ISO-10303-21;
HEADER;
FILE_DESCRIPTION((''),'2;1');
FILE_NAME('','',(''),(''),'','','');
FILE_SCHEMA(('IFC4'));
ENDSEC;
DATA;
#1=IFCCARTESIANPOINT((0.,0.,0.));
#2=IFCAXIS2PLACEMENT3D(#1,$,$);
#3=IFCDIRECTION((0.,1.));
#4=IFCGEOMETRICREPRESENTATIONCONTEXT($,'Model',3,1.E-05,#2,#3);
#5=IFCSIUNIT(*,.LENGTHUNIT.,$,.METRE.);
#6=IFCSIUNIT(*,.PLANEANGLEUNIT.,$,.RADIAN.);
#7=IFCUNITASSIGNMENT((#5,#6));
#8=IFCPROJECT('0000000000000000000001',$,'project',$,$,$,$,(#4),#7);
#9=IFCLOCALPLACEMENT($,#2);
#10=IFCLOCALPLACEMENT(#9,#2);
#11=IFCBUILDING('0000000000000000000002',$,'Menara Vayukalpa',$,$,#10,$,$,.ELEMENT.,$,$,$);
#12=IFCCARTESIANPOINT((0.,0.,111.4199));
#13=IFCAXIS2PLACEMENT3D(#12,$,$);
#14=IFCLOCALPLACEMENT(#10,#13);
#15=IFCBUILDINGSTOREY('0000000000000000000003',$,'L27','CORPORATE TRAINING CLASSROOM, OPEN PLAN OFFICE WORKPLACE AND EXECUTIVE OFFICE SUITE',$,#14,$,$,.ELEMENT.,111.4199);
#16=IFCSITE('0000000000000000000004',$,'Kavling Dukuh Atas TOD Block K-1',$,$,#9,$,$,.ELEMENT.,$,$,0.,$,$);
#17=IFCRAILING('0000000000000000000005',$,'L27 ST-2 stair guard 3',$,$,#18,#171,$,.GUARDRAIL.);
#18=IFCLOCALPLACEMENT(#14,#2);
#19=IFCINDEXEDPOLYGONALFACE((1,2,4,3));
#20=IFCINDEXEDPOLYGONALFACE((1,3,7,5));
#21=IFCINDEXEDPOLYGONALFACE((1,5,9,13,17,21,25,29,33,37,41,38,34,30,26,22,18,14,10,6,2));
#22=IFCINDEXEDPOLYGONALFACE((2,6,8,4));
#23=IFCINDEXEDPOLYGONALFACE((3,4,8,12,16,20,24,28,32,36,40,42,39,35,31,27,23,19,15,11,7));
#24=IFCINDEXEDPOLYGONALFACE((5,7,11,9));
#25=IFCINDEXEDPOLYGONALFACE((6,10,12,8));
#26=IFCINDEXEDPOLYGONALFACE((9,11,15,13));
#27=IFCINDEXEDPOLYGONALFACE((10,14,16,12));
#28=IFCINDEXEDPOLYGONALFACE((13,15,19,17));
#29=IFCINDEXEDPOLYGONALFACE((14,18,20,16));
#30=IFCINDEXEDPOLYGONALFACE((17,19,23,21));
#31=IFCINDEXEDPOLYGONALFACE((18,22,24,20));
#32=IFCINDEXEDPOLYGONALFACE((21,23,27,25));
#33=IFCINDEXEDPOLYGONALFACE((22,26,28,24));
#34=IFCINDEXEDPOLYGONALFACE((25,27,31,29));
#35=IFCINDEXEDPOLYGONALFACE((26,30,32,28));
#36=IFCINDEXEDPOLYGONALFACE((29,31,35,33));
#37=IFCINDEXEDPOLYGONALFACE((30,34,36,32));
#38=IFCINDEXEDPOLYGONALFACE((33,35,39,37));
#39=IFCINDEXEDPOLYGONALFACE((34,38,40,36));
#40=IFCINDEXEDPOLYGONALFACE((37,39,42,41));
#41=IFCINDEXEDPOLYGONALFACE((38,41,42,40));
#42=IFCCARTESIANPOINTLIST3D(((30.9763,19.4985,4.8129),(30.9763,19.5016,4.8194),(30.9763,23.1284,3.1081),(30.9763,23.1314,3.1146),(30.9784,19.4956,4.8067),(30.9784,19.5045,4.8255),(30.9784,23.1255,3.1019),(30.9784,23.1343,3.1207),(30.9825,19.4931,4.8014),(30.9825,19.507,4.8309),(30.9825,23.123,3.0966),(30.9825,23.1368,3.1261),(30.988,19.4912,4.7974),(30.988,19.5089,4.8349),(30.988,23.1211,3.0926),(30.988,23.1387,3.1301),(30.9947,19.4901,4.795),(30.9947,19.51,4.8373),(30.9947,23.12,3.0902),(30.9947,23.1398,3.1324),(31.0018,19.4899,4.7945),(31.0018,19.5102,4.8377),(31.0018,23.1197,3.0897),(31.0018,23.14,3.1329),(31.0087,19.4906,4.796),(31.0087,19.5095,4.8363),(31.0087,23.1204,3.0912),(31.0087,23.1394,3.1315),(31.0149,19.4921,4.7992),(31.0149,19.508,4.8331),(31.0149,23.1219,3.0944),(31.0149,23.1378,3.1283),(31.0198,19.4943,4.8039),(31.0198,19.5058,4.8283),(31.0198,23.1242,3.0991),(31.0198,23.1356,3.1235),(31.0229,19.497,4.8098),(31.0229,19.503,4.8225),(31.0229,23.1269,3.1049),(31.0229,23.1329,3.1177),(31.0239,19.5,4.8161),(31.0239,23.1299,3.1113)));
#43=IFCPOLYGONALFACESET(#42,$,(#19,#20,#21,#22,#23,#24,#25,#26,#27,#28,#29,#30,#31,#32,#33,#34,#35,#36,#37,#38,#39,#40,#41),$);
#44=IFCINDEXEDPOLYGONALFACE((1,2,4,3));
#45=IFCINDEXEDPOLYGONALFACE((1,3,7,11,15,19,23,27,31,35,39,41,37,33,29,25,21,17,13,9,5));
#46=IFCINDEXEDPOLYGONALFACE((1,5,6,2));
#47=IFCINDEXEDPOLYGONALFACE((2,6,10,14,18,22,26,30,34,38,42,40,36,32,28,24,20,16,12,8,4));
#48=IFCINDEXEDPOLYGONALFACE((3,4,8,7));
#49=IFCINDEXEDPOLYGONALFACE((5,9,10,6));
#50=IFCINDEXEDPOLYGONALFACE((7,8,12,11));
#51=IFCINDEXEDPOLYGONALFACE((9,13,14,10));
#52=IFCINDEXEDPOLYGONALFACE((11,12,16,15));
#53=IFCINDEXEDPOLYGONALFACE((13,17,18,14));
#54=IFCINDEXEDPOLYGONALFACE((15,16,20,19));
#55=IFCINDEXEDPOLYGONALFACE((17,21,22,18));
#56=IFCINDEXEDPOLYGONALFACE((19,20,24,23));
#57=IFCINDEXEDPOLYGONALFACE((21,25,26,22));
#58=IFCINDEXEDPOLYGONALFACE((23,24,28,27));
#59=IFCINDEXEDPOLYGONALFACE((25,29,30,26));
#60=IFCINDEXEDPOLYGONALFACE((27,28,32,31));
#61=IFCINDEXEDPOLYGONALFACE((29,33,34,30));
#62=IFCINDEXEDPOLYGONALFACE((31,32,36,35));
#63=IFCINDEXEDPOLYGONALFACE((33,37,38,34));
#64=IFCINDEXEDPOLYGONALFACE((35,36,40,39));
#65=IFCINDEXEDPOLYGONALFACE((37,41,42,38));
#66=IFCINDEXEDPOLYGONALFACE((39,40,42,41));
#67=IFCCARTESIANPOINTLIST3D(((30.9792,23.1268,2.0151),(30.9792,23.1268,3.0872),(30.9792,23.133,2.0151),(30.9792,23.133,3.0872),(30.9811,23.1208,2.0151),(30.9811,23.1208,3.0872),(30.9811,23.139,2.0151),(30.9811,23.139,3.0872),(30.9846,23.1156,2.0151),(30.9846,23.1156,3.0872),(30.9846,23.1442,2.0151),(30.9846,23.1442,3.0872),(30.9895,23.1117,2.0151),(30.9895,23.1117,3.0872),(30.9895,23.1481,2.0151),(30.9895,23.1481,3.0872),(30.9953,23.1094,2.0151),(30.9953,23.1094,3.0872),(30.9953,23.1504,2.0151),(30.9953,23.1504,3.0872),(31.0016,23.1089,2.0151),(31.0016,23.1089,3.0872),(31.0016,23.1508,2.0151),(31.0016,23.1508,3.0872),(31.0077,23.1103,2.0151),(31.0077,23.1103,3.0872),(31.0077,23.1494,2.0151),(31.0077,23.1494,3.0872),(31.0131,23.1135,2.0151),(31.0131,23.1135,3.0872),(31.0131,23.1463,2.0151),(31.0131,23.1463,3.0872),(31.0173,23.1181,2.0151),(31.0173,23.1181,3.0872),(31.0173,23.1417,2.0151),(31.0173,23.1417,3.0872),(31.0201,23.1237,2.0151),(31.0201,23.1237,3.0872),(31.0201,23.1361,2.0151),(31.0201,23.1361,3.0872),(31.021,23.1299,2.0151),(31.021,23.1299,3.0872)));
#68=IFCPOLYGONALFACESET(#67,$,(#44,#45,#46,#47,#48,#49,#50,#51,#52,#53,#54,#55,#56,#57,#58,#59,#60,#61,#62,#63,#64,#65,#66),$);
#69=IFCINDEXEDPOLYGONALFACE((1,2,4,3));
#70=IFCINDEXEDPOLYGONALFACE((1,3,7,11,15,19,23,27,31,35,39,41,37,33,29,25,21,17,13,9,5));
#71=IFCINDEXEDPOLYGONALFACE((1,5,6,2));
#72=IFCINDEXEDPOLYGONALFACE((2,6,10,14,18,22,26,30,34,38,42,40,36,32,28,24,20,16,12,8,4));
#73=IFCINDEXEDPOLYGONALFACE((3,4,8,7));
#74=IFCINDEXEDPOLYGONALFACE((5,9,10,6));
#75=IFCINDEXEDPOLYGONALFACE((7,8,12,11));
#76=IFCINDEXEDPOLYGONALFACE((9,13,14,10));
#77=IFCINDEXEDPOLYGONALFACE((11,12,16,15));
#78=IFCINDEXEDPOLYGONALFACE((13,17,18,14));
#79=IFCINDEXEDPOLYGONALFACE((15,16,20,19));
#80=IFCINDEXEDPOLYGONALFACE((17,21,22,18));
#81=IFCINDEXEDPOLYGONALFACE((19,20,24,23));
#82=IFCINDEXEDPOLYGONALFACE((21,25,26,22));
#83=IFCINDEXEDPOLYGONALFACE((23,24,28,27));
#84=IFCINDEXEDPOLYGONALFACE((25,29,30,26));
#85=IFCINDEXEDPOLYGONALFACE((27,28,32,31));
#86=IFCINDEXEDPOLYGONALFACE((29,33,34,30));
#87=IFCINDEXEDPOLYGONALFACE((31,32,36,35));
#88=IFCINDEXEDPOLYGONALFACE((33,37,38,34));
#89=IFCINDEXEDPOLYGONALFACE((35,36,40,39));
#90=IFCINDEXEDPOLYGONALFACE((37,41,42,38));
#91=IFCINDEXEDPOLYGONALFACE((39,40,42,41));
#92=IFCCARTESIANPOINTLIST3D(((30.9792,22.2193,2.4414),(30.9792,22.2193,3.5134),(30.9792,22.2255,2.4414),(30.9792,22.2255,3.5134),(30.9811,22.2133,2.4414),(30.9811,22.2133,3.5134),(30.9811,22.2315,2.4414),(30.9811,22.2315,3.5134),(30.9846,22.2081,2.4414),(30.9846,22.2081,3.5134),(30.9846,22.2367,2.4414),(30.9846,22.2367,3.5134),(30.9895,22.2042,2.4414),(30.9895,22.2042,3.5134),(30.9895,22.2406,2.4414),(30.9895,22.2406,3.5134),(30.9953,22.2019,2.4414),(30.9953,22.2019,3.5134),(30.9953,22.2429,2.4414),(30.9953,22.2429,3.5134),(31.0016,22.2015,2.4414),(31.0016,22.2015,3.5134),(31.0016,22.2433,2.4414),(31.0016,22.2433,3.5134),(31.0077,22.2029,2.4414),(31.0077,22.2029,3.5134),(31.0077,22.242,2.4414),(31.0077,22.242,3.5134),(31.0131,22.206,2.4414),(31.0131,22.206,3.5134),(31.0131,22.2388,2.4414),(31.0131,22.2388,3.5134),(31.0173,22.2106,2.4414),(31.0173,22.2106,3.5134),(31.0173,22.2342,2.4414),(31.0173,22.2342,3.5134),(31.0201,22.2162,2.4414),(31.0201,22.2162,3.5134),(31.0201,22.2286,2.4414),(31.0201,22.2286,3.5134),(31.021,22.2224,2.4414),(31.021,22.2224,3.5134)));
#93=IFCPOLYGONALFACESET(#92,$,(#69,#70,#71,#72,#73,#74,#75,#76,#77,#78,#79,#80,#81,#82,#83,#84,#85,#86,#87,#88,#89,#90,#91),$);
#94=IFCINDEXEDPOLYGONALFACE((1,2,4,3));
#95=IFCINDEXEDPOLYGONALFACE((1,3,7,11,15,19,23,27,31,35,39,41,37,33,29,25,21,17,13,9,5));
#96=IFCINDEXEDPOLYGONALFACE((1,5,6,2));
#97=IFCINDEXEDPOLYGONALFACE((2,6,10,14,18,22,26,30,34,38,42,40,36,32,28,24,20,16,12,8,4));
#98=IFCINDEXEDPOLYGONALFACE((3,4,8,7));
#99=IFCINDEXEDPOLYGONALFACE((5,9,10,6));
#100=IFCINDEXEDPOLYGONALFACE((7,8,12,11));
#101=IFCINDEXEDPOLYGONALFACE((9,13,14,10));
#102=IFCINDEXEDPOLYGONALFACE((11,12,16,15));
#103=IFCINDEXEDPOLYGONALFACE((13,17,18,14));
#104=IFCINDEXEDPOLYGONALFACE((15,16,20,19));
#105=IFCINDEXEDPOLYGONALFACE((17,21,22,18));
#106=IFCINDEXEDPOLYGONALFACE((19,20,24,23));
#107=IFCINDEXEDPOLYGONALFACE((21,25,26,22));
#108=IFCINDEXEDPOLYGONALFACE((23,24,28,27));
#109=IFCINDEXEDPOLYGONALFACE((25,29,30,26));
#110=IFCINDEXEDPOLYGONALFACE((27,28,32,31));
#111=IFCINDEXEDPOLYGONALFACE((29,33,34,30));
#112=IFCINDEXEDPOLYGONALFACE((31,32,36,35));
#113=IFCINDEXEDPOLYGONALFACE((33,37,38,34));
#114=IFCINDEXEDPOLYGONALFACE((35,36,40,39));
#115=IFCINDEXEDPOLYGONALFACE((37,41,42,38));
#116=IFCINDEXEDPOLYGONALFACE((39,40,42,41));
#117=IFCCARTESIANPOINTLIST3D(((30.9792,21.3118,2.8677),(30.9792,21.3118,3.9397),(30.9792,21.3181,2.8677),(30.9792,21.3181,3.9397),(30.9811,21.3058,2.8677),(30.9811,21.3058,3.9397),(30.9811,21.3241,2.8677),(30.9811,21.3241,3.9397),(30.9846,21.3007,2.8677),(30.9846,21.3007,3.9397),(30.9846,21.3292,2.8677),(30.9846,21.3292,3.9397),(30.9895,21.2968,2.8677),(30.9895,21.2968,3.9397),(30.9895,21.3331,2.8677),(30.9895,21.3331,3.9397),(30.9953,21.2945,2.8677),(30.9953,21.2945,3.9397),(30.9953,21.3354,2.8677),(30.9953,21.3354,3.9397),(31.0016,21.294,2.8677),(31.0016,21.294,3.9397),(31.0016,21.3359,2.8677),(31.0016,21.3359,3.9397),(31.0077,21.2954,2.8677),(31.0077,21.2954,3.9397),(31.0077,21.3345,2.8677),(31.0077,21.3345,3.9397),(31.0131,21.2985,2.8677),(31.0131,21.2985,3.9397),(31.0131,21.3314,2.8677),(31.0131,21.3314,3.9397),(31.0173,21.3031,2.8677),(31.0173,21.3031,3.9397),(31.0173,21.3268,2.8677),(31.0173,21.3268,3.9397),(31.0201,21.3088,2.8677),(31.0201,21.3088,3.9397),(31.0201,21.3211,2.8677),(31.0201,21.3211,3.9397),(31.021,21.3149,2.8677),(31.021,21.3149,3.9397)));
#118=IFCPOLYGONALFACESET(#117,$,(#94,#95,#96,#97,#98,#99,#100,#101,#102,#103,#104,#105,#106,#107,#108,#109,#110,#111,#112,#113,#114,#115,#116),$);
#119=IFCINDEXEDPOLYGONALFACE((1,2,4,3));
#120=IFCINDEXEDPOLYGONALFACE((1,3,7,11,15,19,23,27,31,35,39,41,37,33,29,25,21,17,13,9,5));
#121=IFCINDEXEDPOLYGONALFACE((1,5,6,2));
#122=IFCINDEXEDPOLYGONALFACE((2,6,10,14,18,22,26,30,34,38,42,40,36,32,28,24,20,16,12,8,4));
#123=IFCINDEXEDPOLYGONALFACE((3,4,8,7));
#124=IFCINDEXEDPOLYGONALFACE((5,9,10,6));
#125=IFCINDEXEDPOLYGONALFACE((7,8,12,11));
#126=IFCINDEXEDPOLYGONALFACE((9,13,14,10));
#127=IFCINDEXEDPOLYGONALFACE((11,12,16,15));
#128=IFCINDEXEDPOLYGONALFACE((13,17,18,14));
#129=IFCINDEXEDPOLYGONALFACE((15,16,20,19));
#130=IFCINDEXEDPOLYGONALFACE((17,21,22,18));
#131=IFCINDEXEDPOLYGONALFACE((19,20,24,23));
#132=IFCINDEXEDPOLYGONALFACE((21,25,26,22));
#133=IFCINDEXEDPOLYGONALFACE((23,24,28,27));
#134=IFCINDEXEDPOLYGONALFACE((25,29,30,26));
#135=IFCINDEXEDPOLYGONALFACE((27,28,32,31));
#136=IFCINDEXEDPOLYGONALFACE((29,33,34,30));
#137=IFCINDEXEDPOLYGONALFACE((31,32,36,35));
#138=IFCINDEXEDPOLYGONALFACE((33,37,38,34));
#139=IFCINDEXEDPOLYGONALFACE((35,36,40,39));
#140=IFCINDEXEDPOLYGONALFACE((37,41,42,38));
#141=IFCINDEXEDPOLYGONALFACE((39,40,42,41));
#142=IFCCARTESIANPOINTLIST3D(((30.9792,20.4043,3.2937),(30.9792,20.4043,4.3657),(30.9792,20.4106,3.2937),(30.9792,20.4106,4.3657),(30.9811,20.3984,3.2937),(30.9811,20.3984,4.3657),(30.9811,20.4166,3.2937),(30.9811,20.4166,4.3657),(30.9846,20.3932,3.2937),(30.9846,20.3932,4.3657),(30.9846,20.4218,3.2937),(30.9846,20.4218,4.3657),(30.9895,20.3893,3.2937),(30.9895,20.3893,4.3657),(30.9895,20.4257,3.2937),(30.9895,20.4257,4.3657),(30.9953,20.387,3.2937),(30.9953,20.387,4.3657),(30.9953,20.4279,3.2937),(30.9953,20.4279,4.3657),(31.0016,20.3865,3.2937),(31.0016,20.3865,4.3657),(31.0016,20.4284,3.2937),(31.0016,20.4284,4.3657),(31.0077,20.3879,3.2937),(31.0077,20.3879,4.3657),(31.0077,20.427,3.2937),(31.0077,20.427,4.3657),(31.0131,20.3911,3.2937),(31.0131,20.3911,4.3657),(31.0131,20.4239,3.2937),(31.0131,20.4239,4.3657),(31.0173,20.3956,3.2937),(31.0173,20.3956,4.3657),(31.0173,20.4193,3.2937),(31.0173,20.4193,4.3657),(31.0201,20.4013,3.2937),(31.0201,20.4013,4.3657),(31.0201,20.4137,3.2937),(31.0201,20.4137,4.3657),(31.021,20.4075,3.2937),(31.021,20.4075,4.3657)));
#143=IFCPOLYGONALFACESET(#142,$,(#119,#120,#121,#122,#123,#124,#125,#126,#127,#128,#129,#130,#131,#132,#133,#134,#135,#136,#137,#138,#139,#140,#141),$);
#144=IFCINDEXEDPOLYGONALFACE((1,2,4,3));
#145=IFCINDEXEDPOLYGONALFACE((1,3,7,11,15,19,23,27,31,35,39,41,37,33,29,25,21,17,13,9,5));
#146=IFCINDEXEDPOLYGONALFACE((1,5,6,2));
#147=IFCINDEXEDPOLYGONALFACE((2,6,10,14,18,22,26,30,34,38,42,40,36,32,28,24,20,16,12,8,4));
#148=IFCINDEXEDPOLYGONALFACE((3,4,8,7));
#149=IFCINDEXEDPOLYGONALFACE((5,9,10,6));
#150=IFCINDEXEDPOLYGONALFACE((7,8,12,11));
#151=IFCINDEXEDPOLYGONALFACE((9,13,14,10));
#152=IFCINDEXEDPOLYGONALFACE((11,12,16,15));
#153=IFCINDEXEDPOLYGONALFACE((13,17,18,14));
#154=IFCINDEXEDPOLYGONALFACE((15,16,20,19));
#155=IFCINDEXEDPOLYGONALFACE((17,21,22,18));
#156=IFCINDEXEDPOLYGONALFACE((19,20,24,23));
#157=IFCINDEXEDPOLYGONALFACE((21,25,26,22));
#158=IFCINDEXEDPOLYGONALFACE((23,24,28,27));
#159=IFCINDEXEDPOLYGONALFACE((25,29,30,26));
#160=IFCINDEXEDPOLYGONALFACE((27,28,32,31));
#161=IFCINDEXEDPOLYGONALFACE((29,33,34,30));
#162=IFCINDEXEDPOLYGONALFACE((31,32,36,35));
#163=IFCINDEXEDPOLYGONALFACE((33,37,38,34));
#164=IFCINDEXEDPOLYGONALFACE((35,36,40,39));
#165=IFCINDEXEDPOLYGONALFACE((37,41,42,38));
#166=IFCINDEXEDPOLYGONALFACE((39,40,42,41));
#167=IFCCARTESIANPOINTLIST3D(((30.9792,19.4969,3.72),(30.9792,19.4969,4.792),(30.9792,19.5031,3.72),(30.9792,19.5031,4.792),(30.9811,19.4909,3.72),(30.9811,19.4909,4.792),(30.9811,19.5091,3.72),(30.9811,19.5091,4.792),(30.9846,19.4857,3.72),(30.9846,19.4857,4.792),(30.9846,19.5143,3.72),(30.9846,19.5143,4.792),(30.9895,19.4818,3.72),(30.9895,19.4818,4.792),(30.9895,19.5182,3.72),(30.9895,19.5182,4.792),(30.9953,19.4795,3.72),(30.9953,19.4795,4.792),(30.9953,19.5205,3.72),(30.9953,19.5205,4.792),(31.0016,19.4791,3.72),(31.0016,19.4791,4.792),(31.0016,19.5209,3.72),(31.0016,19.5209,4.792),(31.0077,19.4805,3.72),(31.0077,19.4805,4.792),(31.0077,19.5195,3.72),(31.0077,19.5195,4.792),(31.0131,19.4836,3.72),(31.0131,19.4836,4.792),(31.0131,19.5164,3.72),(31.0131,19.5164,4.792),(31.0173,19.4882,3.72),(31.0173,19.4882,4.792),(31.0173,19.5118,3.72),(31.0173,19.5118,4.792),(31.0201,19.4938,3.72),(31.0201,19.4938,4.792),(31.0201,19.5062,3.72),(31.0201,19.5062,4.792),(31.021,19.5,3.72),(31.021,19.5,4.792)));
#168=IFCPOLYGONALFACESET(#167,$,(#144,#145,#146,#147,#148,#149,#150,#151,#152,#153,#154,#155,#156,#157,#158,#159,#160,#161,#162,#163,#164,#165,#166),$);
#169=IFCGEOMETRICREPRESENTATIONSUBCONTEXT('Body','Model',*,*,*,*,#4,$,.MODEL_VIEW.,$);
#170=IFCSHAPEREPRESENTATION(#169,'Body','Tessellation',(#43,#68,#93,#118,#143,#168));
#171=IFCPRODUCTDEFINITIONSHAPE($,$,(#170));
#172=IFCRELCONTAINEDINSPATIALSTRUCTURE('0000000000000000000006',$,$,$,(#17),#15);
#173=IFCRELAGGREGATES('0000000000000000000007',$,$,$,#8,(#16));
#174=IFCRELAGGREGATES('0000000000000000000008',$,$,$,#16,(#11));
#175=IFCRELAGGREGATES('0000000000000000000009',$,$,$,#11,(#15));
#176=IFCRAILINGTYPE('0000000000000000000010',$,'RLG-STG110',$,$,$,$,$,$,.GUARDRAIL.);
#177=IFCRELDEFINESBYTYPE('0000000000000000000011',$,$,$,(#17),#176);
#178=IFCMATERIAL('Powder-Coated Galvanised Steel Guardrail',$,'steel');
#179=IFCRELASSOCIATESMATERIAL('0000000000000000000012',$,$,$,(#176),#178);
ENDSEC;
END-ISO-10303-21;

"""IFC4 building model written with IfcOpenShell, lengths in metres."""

from ifc_helpers import new_model, si_unit, direction, frame, origin, origin_2d, place, context, subcontext, project, spatial, circle, extrude, material, type_object, element, save


model = new_model("IFC4")

# Units and contexts
model_context = context("Model", 3, precision=1e-05, world=origin(), true_north=direction((0.0, 1.0)))
body_context = subcontext(model_context, "Body", "Model", "MODEL_VIEW")
ifc_project = project(units=[si_unit("LENGTHUNIT", "METRE"), si_unit("PLANEANGLEUNIT", "RADIAN")], contexts=[model_context])

# Site, building, storey
site_placement = place(None, origin())
site = spatial("IfcSite", under=ifc_project, at=site_placement, Name="Kavling Dukuh Atas TOD Block K-1", CompositionType="ELEMENT", RefElevation=0.0)
building_placement = place(site_placement, origin())
building = spatial("IfcBuilding", under=site, at=building_placement, Name="Menara Vayukalpa", CompositionType="ELEMENT")
storey_placement = place(building_placement, frame((0.0, 0.0, 111.4199)))
storey = spatial("IfcBuildingStorey", under=building, at=storey_placement, Name="L27", Description="CORPORATE TRAINING CLASSROOM, OPEN PLAN OFFICE WORKPLACE AND EXECUTIVE OFFICE SUITE", CompositionType="ELEMENT", Elevation=111.4199)

# Railing
ifc_material_1 = material(Name="Powder-Coated Galvanised Steel Guardrail", Category="steel")
railing_type_1 = type_object("IfcRailingType", Name="RLG-STG110", PredefinedType="GUARDRAIL", material=ifc_material_1)
railing_1_placement = place(storey_placement, frame((31.0, 23.1299, 2.0151)))
element("IfcRailing", 1, at=railing_1_placement, inside=storey, type_object=railing_type_1, Name="L27 ST-2 stair guard 3", PredefinedType="GUARDRAIL", context=body_context, shape_type="SweptSolid", body=[
    extrude(circle(Radius=0.0239, at=origin_2d()), frame((0.0, 0.0, 1.0962), z_axis=(0.0, -0.90514, 0.425114), x_axis=(1.0, 0.0, 0.0)), (0.0, 0.0, 1.0), 4.0103),
    extrude(circle(Radius=0.021, at=origin_2d()), origin(), (0.0, 0.0, 1.0), 1.072),
    extrude(circle(Radius=0.021, at=origin_2d()), frame((0.0, -0.9075, 0.4263)), (0.0, 0.0, 1.0), 1.072),
    extrude(circle(Radius=0.021, at=origin_2d()), frame((0.0, -1.8149, 0.8525)), (0.0, 0.0, 1.0), 1.072),
    extrude(circle(Radius=0.021, at=origin_2d()), frame((0.0, -2.7224, 1.2786)), (0.0, 0.0, 1.0), 1.072),
    extrude(circle(Radius=0.021, at=origin_2d()), frame((0.0, -3.6299, 1.7048)), (0.0, 0.0, 1.0), 1.072),
])

save(model, "model.ifc")
